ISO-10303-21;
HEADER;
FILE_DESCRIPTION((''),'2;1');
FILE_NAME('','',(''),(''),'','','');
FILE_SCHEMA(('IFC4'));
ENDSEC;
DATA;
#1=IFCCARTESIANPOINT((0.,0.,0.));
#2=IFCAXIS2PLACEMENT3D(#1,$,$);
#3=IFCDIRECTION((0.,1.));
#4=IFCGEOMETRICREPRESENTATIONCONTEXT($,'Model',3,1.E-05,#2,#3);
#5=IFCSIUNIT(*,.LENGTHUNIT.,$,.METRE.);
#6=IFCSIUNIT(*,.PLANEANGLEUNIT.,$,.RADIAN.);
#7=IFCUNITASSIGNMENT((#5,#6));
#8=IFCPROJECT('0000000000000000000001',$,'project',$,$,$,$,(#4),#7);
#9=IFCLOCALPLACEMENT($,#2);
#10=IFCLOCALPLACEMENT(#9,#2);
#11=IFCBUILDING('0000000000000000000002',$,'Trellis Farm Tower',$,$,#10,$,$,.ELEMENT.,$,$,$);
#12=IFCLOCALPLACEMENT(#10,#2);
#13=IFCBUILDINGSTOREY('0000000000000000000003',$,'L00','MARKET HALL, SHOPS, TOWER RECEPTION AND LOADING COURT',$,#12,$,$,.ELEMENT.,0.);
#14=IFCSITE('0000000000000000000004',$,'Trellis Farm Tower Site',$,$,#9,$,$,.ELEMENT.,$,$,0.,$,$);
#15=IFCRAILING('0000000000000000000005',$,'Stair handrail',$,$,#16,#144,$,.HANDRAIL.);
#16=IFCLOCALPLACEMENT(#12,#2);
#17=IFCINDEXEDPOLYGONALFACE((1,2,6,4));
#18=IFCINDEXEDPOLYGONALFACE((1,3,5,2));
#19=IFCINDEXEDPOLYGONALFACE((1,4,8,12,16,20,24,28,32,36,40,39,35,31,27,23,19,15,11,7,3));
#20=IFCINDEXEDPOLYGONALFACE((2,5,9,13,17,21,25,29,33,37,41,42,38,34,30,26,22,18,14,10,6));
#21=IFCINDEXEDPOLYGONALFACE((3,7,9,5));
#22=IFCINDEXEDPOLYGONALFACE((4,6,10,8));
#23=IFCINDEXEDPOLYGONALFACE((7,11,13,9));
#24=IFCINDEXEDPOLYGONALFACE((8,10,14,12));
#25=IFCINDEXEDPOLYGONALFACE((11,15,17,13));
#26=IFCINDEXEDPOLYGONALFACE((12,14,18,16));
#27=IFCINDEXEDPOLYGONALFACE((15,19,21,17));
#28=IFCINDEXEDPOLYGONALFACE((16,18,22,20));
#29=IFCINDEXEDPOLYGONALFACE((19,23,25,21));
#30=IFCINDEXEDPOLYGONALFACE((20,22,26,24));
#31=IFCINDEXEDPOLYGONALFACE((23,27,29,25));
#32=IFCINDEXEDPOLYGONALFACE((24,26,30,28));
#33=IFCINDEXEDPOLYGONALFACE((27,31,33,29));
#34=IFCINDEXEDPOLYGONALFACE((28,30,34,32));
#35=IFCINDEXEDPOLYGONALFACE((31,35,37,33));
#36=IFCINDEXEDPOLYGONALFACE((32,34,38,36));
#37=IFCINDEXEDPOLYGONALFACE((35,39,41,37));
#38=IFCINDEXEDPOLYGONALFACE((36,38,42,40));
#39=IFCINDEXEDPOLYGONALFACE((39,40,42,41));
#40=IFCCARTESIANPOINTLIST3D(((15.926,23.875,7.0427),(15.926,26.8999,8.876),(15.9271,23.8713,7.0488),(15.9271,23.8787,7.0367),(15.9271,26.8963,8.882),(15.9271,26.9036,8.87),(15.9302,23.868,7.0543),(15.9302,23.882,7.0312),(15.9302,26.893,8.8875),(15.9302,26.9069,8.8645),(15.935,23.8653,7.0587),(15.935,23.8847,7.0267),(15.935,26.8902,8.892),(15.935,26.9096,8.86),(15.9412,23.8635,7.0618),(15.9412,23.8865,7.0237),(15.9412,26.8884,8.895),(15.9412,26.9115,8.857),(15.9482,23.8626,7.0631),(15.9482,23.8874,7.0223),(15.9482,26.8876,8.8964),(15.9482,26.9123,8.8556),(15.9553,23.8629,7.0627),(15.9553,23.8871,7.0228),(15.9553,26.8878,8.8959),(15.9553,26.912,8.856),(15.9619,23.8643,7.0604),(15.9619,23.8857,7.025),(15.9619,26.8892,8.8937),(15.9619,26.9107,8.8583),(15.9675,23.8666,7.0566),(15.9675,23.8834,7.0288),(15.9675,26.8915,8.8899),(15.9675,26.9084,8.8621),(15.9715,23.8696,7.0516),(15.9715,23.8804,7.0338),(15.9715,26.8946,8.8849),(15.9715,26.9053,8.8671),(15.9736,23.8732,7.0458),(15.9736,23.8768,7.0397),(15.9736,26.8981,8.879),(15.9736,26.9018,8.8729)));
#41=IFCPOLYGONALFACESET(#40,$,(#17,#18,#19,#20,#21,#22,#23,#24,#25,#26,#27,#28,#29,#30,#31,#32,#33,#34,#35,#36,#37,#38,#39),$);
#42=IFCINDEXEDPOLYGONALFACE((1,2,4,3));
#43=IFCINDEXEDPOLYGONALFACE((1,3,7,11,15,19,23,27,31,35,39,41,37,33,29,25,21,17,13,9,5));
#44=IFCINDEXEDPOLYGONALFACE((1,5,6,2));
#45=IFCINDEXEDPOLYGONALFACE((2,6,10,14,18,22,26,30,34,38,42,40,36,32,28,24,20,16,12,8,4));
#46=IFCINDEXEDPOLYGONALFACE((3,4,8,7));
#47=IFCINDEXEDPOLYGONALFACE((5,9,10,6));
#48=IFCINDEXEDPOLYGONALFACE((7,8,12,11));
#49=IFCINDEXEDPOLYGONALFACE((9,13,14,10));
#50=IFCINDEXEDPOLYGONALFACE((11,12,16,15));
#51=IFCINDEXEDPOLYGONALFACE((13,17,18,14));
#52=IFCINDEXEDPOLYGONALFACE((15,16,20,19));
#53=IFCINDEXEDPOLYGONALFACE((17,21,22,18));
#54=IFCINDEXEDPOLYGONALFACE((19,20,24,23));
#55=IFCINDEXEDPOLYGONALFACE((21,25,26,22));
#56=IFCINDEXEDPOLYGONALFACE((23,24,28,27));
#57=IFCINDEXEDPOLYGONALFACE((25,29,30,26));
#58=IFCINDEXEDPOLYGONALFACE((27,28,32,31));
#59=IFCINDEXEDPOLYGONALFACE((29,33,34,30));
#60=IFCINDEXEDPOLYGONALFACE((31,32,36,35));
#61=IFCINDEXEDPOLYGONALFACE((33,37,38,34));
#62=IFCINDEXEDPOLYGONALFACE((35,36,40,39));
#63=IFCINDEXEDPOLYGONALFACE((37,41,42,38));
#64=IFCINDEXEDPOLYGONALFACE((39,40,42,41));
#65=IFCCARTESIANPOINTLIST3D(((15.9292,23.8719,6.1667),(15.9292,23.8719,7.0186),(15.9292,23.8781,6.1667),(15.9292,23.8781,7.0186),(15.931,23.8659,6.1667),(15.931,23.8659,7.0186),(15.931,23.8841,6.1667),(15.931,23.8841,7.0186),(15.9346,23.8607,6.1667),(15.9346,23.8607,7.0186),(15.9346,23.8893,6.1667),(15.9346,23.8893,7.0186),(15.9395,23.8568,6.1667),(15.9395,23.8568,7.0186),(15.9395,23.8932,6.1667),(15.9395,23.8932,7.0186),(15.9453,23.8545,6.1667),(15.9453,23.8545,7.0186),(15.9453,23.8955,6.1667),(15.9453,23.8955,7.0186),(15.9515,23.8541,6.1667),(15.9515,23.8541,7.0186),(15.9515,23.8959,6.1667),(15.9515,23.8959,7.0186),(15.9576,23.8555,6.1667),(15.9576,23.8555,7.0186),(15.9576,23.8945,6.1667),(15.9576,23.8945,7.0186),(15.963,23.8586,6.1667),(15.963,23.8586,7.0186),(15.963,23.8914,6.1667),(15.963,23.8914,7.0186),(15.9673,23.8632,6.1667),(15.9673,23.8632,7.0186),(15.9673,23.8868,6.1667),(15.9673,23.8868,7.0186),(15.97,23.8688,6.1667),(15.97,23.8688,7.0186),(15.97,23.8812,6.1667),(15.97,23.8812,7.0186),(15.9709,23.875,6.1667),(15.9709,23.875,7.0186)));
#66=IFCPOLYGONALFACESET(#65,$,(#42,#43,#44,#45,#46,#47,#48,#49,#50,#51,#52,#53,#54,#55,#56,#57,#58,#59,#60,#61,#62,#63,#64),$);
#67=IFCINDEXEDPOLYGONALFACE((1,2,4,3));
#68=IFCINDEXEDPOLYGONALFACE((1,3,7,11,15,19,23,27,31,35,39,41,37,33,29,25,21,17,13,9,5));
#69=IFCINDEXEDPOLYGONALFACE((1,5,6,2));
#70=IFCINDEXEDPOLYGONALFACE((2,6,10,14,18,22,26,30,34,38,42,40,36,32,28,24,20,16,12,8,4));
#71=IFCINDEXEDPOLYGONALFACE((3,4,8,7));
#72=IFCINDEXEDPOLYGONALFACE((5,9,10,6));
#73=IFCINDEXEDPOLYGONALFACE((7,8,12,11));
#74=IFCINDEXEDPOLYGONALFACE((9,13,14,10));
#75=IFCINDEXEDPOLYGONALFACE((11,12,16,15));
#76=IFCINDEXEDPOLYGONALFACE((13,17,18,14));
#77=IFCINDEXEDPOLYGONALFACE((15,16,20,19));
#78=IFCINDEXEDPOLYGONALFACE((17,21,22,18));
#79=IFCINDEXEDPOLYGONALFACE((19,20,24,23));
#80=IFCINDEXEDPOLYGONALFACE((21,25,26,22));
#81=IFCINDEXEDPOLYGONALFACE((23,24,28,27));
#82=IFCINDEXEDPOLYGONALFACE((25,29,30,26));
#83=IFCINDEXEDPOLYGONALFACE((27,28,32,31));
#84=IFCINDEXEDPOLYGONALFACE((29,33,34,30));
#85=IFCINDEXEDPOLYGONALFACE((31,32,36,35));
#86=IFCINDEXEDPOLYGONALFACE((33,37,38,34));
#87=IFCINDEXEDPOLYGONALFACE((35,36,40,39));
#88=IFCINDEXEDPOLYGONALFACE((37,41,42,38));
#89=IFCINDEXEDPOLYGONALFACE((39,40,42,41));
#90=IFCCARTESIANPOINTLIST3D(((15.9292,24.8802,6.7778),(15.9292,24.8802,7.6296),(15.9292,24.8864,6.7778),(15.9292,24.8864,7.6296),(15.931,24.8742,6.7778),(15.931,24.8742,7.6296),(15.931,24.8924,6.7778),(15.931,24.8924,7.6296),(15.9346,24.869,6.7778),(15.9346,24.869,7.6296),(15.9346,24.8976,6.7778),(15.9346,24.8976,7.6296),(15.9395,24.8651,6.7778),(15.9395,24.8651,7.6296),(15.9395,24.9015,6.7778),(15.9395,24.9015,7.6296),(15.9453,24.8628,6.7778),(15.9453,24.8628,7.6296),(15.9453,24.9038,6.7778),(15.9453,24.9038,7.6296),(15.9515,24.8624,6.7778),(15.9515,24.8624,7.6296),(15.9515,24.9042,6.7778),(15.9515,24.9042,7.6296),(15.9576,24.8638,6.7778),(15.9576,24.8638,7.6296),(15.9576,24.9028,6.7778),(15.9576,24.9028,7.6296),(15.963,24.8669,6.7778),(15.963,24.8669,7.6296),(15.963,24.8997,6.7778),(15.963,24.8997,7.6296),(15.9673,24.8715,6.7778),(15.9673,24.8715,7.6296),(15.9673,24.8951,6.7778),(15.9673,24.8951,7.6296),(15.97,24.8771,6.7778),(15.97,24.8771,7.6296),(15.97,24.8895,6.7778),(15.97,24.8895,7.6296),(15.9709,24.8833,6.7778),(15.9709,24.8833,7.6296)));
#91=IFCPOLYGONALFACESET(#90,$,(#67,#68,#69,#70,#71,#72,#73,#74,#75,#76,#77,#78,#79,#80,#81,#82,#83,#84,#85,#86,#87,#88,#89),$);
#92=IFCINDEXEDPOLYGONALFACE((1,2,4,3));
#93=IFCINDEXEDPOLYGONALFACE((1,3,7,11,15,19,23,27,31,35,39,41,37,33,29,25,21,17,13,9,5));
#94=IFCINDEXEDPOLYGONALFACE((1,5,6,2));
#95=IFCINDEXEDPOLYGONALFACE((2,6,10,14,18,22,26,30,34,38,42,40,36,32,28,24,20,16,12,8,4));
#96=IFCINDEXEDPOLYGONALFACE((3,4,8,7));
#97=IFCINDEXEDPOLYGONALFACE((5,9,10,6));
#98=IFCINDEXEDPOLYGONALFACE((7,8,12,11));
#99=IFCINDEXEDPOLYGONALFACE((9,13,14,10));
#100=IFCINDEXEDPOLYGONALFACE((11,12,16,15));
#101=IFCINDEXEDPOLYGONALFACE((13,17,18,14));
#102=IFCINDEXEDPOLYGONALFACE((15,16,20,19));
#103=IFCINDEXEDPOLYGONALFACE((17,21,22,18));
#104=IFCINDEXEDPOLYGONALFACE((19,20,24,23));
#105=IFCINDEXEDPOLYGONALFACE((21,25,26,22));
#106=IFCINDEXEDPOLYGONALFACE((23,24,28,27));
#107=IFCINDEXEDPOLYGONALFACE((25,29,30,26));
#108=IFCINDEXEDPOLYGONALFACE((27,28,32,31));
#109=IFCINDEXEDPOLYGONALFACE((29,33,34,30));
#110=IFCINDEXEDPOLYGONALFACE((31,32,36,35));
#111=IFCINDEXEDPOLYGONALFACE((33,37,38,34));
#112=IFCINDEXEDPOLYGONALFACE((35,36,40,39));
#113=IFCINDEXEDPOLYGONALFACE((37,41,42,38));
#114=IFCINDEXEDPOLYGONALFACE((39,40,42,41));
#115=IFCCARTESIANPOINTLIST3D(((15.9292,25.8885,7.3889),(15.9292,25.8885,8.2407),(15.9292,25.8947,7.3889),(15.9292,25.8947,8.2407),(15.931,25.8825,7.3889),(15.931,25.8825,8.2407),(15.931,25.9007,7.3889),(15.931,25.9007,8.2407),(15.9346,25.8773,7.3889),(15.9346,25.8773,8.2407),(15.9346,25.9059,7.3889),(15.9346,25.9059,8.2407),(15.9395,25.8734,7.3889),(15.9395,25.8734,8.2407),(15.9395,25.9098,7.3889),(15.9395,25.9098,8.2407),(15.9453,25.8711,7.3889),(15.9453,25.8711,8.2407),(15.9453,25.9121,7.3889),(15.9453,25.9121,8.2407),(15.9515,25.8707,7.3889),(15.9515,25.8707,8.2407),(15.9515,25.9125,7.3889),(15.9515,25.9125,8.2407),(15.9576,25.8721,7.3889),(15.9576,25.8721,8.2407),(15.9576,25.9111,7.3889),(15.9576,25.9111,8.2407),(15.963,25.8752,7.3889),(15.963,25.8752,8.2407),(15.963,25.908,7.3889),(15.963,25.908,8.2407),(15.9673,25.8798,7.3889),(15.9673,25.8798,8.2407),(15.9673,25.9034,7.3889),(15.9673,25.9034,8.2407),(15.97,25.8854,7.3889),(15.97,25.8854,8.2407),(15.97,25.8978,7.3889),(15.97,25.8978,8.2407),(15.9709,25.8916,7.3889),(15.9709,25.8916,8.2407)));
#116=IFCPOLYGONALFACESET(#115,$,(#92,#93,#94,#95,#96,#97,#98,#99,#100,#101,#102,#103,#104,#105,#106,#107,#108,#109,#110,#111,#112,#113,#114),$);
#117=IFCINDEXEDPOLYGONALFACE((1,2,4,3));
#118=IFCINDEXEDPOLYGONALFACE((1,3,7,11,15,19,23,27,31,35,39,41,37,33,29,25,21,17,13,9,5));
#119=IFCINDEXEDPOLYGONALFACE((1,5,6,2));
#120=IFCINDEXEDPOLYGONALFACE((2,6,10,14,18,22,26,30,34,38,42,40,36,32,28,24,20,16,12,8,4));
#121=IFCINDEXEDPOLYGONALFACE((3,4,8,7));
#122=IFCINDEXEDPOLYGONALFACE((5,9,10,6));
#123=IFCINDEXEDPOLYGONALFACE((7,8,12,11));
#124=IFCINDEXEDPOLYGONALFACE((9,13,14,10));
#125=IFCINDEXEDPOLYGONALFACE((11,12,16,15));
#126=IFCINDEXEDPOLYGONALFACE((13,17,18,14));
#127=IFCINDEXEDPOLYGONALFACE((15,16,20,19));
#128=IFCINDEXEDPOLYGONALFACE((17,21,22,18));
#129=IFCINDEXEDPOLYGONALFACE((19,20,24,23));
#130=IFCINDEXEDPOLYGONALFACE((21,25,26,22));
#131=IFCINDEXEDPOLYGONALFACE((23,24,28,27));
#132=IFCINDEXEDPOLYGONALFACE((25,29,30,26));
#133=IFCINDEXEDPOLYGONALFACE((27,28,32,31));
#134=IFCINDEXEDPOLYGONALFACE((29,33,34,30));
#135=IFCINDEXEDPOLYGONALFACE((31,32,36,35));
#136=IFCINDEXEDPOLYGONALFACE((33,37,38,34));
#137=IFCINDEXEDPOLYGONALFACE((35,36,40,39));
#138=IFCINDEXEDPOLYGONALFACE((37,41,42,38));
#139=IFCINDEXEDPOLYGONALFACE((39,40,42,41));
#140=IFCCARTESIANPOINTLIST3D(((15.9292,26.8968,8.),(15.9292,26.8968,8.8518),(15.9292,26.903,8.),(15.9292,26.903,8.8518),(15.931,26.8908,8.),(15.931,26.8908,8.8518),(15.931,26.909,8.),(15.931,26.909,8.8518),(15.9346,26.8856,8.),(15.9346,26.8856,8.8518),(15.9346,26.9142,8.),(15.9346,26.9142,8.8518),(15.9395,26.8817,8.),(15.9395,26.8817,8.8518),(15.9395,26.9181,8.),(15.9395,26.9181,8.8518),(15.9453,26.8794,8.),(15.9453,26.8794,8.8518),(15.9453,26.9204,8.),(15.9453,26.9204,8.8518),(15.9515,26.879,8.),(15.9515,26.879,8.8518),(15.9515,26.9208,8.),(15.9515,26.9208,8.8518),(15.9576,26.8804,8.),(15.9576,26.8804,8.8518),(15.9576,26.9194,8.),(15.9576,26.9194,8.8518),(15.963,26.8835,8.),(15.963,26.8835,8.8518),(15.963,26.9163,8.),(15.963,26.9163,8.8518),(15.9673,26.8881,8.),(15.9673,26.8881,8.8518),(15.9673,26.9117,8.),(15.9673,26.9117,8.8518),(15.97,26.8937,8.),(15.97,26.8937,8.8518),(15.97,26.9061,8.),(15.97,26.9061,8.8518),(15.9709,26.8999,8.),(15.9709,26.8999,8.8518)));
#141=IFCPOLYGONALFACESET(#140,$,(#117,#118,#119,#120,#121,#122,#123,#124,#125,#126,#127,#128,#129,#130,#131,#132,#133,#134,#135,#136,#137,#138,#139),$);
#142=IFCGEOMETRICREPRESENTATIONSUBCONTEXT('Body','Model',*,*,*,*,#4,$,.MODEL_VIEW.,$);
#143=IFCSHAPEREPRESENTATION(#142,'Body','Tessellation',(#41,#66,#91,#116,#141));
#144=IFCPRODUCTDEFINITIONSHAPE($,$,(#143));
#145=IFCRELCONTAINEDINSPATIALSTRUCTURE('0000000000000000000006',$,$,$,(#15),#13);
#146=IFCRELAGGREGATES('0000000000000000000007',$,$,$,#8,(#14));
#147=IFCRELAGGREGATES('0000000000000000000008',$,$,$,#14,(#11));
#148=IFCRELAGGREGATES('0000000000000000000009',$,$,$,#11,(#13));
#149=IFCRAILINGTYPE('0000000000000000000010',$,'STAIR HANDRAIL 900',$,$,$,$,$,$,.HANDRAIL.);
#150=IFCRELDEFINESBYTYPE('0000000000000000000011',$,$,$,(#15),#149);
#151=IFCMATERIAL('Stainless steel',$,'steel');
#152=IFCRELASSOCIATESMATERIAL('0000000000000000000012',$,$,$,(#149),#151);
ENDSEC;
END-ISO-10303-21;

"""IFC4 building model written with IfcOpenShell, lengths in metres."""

from ifc_helpers import new_model, si_unit, direction, frame, origin, origin_2d, place, context, subcontext, project, spatial, circle, extrude, source, transform, mapped, material, type_object, element, save


model = new_model("IFC4")

# Units and contexts
model_context = context("Model", 3, precision=1e-05, world=origin(), true_north=direction((0.0, 1.0)))
body_context = subcontext(model_context, "Body", "Model", "MODEL_VIEW")
ifc_project = project(units=[si_unit("LENGTHUNIT", "METRE"), si_unit("PLANEANGLEUNIT", "RADIAN")], contexts=[model_context])

# Site, building, storey
site_placement = place(None, origin())
site = spatial("IfcSite", under=ifc_project, at=site_placement, Name="Trellis Farm Tower Site", CompositionType="ELEMENT", RefElevation=0.0)
building_placement = place(site_placement, origin())
building = spatial("IfcBuilding", under=site, at=building_placement, Name="Trellis Farm Tower", CompositionType="ELEMENT")
storey_placement = place(building_placement, origin())
storey = spatial("IfcBuildingStorey", under=building, at=storey_placement, Name="L00", Description="MARKET HALL, SHOPS, TOWER RECEPTION AND LOADING COURT", CompositionType="ELEMENT", Elevation=0.0)

# Railing
ifc_material_1 = material(Name="Stainless steel", Category="steel")
railing_type = type_object("IfcRailingType", Name="STAIR HANDRAIL 900", PredefinedType="HANDRAIL", material=ifc_material_1)
shared_shape_1 = source(origin(), body_context, "Body", "SweptSolid", [
    extrude(circle(Radius=0.0239, at=origin_2d()), frame((0.0, 0.0, 0.876), z_axis=(0.0, 0.855201, 0.518297), x_axis=(-1.0, 0.0, 0.0)), (0.0, 0.0, 1.0), 3.5371),
    extrude(circle(Radius=0.021, at=origin_2d()), origin(), (0.0, 0.0, 1.0), 0.8518),
    extrude(circle(Radius=0.021, at=origin_2d()), frame((0.0, 1.0083, 0.6111)), (0.0, 0.0, 1.0), 0.8518),
    extrude(circle(Radius=0.021, at=origin_2d()), frame((0.0, 2.0166, 1.2222)), (0.0, 0.0, 1.0), 0.8518),
    extrude(circle(Radius=0.021, at=origin_2d()), frame((0.0, 3.0249, 1.8333)), (0.0, 0.0, 1.0), 0.8518),
])
for number, where, name in (
    (1, (15.95, 23.875, 6.1667), "Stair handrail"),
):
    element("IfcRailing", number, at=place(storey_placement, frame(where)), inside=storey, type_object=railing_type, Name=name, PredefinedType="HANDRAIL", context=body_context, shape_type="MappedRepresentation", body=[
        mapped(shared_shape_1, transform((0.0, 0.0, 0.0))),
    ])

save(model, "model.ifc")
